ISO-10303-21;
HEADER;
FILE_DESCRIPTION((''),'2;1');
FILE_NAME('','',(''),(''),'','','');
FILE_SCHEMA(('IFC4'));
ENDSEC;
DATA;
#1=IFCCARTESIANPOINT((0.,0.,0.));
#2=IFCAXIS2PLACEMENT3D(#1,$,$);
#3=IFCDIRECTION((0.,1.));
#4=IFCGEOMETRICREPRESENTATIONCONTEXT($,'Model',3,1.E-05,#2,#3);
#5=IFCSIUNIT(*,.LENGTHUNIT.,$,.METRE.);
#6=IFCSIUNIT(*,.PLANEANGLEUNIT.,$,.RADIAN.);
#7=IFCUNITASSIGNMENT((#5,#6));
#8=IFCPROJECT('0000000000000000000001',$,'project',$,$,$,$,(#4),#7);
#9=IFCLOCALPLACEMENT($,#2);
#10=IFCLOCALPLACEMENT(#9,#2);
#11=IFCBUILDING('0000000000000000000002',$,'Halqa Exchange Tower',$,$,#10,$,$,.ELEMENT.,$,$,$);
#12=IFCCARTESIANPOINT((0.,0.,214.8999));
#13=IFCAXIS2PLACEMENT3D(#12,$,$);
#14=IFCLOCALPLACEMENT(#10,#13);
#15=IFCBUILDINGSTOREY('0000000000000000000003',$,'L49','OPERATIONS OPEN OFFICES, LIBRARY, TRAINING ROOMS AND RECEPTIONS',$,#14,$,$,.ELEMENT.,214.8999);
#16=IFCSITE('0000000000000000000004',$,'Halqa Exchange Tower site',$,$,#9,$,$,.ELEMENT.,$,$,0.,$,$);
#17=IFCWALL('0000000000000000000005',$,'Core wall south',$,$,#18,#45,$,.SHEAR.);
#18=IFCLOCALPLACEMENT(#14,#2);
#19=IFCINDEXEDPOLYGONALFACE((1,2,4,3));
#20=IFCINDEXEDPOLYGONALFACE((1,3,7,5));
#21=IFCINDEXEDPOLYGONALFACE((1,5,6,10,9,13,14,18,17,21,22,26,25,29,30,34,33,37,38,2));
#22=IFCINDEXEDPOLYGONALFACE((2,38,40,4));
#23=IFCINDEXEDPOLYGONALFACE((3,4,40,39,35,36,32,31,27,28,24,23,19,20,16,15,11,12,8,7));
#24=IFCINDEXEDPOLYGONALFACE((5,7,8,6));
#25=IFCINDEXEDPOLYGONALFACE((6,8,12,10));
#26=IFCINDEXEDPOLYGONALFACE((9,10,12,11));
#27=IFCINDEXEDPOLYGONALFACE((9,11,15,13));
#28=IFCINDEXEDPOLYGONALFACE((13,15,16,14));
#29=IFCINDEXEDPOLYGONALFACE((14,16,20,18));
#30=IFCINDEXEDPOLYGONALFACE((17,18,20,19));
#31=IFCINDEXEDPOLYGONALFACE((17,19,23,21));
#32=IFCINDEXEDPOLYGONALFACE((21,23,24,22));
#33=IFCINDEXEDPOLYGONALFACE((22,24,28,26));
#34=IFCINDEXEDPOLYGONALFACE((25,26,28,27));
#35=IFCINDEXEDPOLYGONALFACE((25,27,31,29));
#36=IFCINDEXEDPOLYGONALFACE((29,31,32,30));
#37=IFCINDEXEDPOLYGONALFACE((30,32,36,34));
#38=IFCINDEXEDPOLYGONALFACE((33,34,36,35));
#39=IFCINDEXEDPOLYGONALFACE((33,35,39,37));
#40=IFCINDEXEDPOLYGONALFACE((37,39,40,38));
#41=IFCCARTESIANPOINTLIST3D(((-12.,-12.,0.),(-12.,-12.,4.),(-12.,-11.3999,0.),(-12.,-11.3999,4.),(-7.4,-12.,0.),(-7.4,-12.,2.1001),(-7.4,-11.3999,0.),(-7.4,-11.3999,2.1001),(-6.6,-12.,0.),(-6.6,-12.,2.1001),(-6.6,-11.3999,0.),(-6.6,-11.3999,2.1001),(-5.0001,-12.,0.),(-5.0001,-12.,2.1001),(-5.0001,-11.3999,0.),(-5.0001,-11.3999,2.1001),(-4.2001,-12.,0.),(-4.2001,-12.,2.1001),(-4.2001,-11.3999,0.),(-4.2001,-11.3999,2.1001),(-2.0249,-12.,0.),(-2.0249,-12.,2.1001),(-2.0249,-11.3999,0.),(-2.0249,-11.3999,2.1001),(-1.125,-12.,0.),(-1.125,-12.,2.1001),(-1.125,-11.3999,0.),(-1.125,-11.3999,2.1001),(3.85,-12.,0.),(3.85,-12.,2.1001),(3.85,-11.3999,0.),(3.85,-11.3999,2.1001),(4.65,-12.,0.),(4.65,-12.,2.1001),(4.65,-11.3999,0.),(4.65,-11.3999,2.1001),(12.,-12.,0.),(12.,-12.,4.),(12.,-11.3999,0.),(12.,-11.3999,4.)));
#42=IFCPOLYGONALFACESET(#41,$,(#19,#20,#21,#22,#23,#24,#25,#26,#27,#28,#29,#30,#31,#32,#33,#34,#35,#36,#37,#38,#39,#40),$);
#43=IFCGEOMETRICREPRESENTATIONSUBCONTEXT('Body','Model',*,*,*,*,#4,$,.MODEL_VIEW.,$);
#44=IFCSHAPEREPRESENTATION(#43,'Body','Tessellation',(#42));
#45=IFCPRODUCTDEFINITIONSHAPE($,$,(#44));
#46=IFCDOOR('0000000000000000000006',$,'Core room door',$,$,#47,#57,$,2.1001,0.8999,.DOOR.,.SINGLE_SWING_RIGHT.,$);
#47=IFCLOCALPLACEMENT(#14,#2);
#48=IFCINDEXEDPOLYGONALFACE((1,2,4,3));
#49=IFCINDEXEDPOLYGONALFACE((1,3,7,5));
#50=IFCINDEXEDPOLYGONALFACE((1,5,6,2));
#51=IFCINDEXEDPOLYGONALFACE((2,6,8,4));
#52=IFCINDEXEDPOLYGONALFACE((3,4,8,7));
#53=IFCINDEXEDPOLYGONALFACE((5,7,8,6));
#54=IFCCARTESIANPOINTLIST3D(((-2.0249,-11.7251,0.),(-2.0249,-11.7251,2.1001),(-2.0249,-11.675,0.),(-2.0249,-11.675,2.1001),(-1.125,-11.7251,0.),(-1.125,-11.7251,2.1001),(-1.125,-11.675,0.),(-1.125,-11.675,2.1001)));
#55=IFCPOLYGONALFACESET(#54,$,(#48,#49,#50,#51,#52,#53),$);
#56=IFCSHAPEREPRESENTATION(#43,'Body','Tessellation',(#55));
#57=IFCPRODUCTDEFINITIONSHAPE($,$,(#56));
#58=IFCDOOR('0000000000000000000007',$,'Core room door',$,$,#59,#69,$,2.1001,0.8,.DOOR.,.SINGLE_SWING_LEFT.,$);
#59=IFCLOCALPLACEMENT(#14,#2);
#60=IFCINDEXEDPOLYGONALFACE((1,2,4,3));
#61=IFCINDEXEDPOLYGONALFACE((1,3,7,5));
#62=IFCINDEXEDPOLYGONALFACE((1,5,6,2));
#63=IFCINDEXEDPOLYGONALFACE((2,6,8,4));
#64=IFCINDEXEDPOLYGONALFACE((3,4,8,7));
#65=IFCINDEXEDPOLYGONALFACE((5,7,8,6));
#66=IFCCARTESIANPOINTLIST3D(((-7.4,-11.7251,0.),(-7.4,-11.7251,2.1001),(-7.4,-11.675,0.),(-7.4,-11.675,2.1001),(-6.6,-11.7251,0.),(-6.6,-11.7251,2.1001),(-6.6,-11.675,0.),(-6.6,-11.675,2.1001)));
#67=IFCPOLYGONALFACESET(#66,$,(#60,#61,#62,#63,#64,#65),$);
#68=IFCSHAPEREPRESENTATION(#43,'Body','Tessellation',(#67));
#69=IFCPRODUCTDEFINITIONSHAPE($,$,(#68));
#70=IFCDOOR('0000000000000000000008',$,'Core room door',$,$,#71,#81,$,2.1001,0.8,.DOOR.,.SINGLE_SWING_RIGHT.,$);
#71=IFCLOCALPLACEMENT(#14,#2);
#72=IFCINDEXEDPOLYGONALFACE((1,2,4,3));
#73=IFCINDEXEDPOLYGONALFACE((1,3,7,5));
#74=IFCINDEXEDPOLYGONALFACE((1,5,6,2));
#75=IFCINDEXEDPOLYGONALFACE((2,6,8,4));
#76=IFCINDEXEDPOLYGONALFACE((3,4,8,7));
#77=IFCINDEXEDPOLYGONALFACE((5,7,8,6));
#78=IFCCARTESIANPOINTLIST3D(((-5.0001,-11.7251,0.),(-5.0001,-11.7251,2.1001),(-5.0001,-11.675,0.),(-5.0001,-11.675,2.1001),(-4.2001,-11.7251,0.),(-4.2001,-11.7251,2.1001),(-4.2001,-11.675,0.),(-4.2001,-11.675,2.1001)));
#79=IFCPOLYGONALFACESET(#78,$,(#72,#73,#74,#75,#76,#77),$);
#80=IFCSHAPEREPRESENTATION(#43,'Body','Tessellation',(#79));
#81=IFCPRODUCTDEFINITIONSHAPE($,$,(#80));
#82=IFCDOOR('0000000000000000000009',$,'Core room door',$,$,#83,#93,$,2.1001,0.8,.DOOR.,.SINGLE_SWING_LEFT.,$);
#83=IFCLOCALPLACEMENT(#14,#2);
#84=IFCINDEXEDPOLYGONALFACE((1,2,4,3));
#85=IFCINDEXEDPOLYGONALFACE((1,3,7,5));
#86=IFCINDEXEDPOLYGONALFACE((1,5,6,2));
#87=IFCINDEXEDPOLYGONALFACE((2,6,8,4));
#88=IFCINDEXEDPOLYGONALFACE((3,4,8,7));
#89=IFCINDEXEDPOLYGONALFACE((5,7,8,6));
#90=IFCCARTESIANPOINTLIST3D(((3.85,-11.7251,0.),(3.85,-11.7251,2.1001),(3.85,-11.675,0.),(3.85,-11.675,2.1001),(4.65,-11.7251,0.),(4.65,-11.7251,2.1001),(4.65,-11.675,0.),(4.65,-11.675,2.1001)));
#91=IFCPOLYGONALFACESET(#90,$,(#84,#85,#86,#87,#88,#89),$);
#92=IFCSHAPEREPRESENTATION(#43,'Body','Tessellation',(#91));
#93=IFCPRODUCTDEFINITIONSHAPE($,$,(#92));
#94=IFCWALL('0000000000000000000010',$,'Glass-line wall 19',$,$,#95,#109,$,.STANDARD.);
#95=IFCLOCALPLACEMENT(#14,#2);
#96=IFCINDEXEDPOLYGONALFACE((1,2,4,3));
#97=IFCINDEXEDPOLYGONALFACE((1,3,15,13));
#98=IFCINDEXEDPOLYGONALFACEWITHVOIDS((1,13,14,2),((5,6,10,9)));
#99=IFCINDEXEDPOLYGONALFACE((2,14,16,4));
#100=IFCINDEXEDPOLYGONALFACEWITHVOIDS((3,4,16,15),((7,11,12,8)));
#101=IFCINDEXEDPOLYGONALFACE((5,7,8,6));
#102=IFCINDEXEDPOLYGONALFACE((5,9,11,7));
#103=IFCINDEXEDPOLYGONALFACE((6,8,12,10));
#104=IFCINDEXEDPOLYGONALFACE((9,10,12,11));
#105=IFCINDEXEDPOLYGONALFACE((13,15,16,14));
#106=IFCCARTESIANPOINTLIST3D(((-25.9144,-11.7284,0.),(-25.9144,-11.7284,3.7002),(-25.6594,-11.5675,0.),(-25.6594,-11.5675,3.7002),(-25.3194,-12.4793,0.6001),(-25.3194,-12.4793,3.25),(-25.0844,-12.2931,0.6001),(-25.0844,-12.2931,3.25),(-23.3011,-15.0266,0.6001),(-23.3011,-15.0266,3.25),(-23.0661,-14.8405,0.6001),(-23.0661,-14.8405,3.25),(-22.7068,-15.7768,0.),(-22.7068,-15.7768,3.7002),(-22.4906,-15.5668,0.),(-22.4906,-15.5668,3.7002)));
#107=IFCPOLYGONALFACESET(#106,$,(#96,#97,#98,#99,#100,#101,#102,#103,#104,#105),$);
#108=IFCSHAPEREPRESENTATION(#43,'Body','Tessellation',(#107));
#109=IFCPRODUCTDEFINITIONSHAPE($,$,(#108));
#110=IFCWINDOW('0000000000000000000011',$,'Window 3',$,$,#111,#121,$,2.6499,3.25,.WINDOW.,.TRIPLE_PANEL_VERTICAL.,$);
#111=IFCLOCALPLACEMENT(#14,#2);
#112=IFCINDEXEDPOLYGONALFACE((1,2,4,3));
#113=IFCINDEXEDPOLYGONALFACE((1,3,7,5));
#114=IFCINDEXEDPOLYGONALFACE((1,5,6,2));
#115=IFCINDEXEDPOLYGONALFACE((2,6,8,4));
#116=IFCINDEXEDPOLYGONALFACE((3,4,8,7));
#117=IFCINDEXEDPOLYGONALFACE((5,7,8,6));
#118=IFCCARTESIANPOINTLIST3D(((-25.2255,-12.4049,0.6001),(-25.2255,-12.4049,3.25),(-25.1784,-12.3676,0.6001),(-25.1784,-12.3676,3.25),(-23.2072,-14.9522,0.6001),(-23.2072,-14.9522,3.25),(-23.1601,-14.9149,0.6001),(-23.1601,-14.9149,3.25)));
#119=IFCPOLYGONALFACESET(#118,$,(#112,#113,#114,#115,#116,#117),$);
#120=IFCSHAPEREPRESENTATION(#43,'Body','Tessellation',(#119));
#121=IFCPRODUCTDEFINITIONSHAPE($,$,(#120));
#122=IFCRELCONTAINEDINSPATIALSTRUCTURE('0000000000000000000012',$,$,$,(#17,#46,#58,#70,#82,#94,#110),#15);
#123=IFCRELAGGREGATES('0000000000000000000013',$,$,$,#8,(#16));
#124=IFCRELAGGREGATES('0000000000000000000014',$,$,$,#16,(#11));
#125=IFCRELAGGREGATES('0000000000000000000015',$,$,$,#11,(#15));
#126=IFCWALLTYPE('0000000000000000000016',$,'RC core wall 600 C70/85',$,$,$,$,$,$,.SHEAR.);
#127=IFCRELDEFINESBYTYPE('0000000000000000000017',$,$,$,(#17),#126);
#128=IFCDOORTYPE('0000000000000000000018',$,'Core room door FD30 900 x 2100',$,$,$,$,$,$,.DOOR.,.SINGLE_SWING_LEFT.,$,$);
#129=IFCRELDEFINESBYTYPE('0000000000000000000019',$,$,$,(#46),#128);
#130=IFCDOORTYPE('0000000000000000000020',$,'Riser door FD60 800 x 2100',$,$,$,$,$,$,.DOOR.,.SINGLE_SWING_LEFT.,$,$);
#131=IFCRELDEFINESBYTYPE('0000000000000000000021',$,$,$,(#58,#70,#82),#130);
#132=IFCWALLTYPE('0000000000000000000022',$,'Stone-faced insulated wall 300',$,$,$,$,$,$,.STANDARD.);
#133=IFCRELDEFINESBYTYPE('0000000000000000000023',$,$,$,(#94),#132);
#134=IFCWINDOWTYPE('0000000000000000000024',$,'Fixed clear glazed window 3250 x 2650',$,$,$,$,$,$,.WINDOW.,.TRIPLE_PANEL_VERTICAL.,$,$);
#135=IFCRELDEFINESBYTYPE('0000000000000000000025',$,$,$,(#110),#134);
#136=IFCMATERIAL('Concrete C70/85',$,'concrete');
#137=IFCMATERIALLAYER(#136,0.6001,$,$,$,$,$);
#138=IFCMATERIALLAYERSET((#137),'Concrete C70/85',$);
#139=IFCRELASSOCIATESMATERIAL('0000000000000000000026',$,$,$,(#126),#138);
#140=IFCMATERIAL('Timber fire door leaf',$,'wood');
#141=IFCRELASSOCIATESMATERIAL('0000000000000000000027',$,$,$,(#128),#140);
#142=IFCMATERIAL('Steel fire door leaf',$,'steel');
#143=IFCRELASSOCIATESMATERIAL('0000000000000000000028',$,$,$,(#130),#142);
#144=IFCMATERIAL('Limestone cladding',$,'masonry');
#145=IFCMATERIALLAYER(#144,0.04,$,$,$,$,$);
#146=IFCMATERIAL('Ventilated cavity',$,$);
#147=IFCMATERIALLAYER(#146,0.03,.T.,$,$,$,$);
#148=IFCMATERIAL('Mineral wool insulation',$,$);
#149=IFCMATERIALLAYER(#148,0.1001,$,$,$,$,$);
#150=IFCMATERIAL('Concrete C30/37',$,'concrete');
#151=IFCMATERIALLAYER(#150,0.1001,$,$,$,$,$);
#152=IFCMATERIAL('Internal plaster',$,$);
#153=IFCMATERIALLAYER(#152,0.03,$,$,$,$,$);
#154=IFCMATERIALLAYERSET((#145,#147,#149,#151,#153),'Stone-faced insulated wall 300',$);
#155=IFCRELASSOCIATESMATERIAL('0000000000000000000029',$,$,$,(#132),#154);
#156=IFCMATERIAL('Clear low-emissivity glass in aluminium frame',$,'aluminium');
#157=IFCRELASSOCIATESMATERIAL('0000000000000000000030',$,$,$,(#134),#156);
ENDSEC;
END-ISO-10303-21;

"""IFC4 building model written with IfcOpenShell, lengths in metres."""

from ifc_helpers import new_model, si_unit, direction, frame, frame_2d, origin, place, context, subcontext, project, spatial, polyline, rectangle, outline, extrude, material, layer, layer_set, type_object, element, fill, save


model = new_model("IFC4")

# Units and contexts
model_context = context("Model", 3, precision=1e-05, world=origin(), true_north=direction((0.0, 1.0)))
body_context = subcontext(model_context, "Body", "Model", "MODEL_VIEW")
ifc_project = project(units=[si_unit("LENGTHUNIT", "METRE"), si_unit("PLANEANGLEUNIT", "RADIAN")], contexts=[model_context])

# Site, building, storey
site_placement = place(None, origin())
site = spatial("IfcSite", under=ifc_project, at=site_placement, Name="Halqa Exchange Tower site", CompositionType="ELEMENT", RefElevation=0.0)
building_placement = place(site_placement, origin())
building = spatial("IfcBuilding", under=site, at=building_placement, Name="Halqa Exchange Tower", CompositionType="ELEMENT")
storey_placement = place(building_placement, frame((0.0, 0.0, 214.8999)))
storey = spatial("IfcBuildingStorey", under=building, at=storey_placement, Name="L49", Description="OPERATIONS OPEN OFFICES, LIBRARY, TRAINING ROOMS AND RECEPTIONS", CompositionType="ELEMENT", Elevation=214.8999)

# Shared definitions
ifc_material_1 = material(Name="Steel fire door leaf", Category="steel")

# Wall, openings, doors
ifc_material_2 = material(Name="Concrete C70/85", Category="concrete")
ifc_layer_1 = layer(ifc_material_2, 0.6001)
ifc_layer_set_1 = layer_set([ifc_layer_1], Name="Concrete C70/85")
wall_type_1 = type_object("IfcWallType", Name="RC core wall 600 C70/85", PredefinedType="SHEAR", material=ifc_layer_set_1)
wall_1_placement = place(storey_placement, frame((-12.0, -11.7, 0.0), z_axis=(0.0, 0.0, 1.0), x_axis=(1.0, 0.0, 0.0)))
wall_1 = element("IfcWall", 1, at=wall_1_placement, inside=storey, type_object=wall_type_1, Name="Core wall south", PredefinedType="SHEAR", context=body_context, shape_type="SweptSolid", body=[
    extrude(rectangle(XDim=24.0, YDim=0.6001, at=frame_2d((12.0, 0.0))), origin(), (0.0, 0.0, 1.0), 4.0),
])
opening_1_placement = place(wall_1_placement, frame((9.9751, 0.0, 0.0)))
opening_1 = element("IfcOpeningElement", 2, at=opening_1_placement, cuts=wall_1, PredefinedType="OPENING", context=body_context, shape_type="SweptSolid", body=[
    extrude(rectangle(XDim=0.8999, YDim=2.1001, at=frame_2d((0.45, 1.05))), frame((0.0, 0.312, 0.0), z_axis=(0.0, -1.0, 0.0), x_axis=(1.0, 0.0, 0.0)), (0.0, 0.0, 1.0), 0.624),
])
opening_2_placement = place(wall_1_placement, frame((4.6001, 0.0, 0.0)))
opening_2 = element("IfcOpeningElement", 3, at=opening_2_placement, cuts=wall_1, PredefinedType="OPENING", context=body_context, shape_type="SweptSolid", body=[
    extrude(rectangle(XDim=0.8, YDim=2.1001, at=frame_2d((0.3999, 1.05))), frame((0.0, 0.312, 0.0), z_axis=(0.0, -1.0, 0.0), x_axis=(1.0, 0.0, 0.0)), (0.0, 0.0, 1.0), 0.624),
])
opening_3_placement = place(wall_1_placement, frame((7.0, 0.0, 0.0)))
opening_3 = element("IfcOpeningElement", 4, at=opening_3_placement, cuts=wall_1, PredefinedType="OPENING", context=body_context, shape_type="SweptSolid", body=[
    extrude(rectangle(XDim=0.8, YDim=2.1001, at=frame_2d((0.3999, 1.05))), frame((0.0, 0.312, 0.0), z_axis=(0.0, -1.0, 0.0), x_axis=(1.0, 0.0, 0.0)), (0.0, 0.0, 1.0), 0.624),
])
opening_4_placement = place(wall_1_placement, frame((15.8501, 0.0, 0.0)))
opening_4 = element("IfcOpeningElement", 5, at=opening_4_placement, cuts=wall_1, PredefinedType="OPENING", context=body_context, shape_type="SweptSolid", body=[
    extrude(rectangle(XDim=0.8, YDim=2.1001, at=frame_2d((0.3999, 1.05))), frame((0.0, 0.312, 0.0), z_axis=(0.0, -1.0, 0.0), x_axis=(1.0, 0.0, 0.0)), (0.0, 0.0, 1.0), 0.624),
])
ifc_material_3 = material(Name="Timber fire door leaf", Category="wood")
door_type_1 = type_object("IfcDoorType", Name="Core room door FD30 900 x 2100", OperationType="SINGLE_SWING_LEFT", PredefinedType="DOOR", material=ifc_material_3)
door_1_placement = place(opening_1_placement, origin())
door_1 = element("IfcDoor", 6, at=door_1_placement, inside=storey, type_object=door_type_1, Name="Core room door", OperationType="SINGLE_SWING_RIGHT", OverallHeight=2.1001, OverallWidth=0.8999, PredefinedType="DOOR", context=body_context, shape_type="SweptSolid", body=[
    extrude(rectangle(XDim=0.8999, YDim=2.1001, at=frame_2d((0.45, 1.05))), frame((0.0, 0.0249, 0.0), z_axis=(0.0, -1.0, 0.0), x_axis=(1.0, 0.0, 0.0)), (0.0, 0.0, 1.0), 0.05),
])
fill(opening_1, door_1)
door_type_2 = type_object("IfcDoorType", Name="Riser door FD60 800 x 2100", OperationType="SINGLE_SWING_LEFT", PredefinedType="DOOR", material=ifc_material_1)
door_2_placement = place(opening_2_placement, origin())
door_2 = element("IfcDoor", 7, at=door_2_placement, inside=storey, type_object=door_type_2, Name="Core room door", OperationType="SINGLE_SWING_LEFT", OverallHeight=2.1001, OverallWidth=0.8, PredefinedType="DOOR", context=body_context, shape_type="SweptSolid", body=[
    extrude(rectangle(XDim=0.8, YDim=2.1001, at=frame_2d((0.3999, 1.05))), frame((0.0, 0.0249, 0.0), z_axis=(0.0, -1.0, 0.0), x_axis=(1.0, 0.0, 0.0)), (0.0, 0.0, 1.0), 0.05),
])
fill(opening_2, door_2)
door_3_placement = place(opening_3_placement, origin())
door_3 = element("IfcDoor", 8, at=door_3_placement, inside=storey, type_object=door_type_2, Name="Core room door", OperationType="SINGLE_SWING_RIGHT", OverallHeight=2.1001, OverallWidth=0.8, PredefinedType="DOOR", context=body_context, shape_type="SweptSolid", body=[
    extrude(rectangle(XDim=0.8, YDim=2.1001, at=frame_2d((0.3999, 1.05))), frame((0.0, 0.0249, 0.0), z_axis=(0.0, -1.0, 0.0), x_axis=(1.0, 0.0, 0.0)), (0.0, 0.0, 1.0), 0.05),
])
fill(opening_3, door_3)
door_4_placement = place(opening_4_placement, origin())
door_4 = element("IfcDoor", 9, at=door_4_placement, inside=storey, type_object=door_type_2, Name="Core room door", OperationType="SINGLE_SWING_LEFT", OverallHeight=2.1001, OverallWidth=0.8, PredefinedType="DOOR", context=body_context, shape_type="SweptSolid", body=[
    extrude(rectangle(XDim=0.8, YDim=2.1001, at=frame_2d((0.3999, 1.05))), frame((0.0, 0.0249, 0.0), z_axis=(0.0, -1.0, 0.0), x_axis=(1.0, 0.0, 0.0)), (0.0, 0.0, 1.0), 0.05),
])
fill(opening_4, door_4)

# Wall, opening, window
ifc_material_4 = material(Name="Limestone cladding", Category="masonry")
ifc_layer_2 = layer(ifc_material_4, 0.04)
ifc_material_5 = material(Name="Ventilated cavity")
ifc_layer_3 = layer(ifc_material_5, 0.03, ventilated=True)
ifc_material_6 = material(Name="Mineral wool insulation")
ifc_layer_4 = layer(ifc_material_6, 0.1001)
ifc_material_7 = material(Name="Concrete C30/37", Category="concrete")
ifc_layer_5 = layer(ifc_material_7, 0.1001)
ifc_material_8 = material(Name="Internal plaster")
ifc_layer_6 = layer(ifc_material_8, 0.03)
ifc_layer_set_2 = layer_set([ifc_layer_2, ifc_layer_3, ifc_layer_4, ifc_layer_5, ifc_layer_6], Name="Stone-faced insulated wall 300")
wall_type_2 = type_object("IfcWallType", Name="Stone-faced insulated wall 300", PredefinedType="STANDARD", material=ifc_layer_set_2)
wall_2_placement = place(storey_placement, frame((-25.7869, -11.6479, 0.0), z_axis=(0.0, 0.0, 1.0), x_axis=(0.621017, -0.783797, 0.0)))
wall_2 = element("IfcWall", 10, at=wall_2_placement, inside=storey, type_object=wall_type_2, Name="Glass-line wall 19", PredefinedType="STANDARD", context=body_context, shape_type="SweptSolid", body=[
    extrude(outline(polyline([(-0.0161, -0.1499), (5.1489, -0.1499), (5.1187, 0.1499), (0.0161, 0.1499), (-0.0161, -0.1499)])), origin(), (0.0, 0.0, 1.0), 3.7002),
])
opening_5_placement = place(wall_2_placement, frame((0.9419, 0.0, 0.6001)))
opening_5 = element("IfcOpeningElement", 11, at=opening_5_placement, cuts=wall_2, PredefinedType="OPENING", context=body_context, shape_type="SweptSolid", body=[
    extrude(rectangle(XDim=3.25, YDim=2.6499, at=frame_2d((1.625, 1.325))), frame((0.0, 0.1621, 0.0), z_axis=(0.0, -1.0, 0.0), x_axis=(1.0, 0.0, 0.0)), (0.0, 0.0, 1.0), 0.324),
])
ifc_material_9 = material(Name="Clear low-emissivity glass in aluminium frame", Category="aluminium")
window_type = type_object("IfcWindowType", Name="Fixed clear glazed window 3250 x 2650", PartitioningType="TRIPLE_PANEL_VERTICAL", PredefinedType="WINDOW", material=ifc_material_9)
window_placement = place(opening_5_placement, origin())
window = element("IfcWindow", 12, at=window_placement, inside=storey, type_object=window_type, Name="Window 3", OverallHeight=2.6499, OverallWidth=3.25, PartitioningType="TRIPLE_PANEL_VERTICAL", PredefinedType="WINDOW", context=body_context, shape_type="SweptSolid", body=[
    extrude(rectangle(XDim=3.25, YDim=2.6499, at=frame_2d((1.625, 1.325))), frame((0.0, 0.03, 0.0), z_axis=(0.0, -1.0, 0.0), x_axis=(1.0, 0.0, 0.0)), (0.0, 0.0, 1.0), 0.0601),
])
fill(opening_5, window)

save(model, "model.ifc")
